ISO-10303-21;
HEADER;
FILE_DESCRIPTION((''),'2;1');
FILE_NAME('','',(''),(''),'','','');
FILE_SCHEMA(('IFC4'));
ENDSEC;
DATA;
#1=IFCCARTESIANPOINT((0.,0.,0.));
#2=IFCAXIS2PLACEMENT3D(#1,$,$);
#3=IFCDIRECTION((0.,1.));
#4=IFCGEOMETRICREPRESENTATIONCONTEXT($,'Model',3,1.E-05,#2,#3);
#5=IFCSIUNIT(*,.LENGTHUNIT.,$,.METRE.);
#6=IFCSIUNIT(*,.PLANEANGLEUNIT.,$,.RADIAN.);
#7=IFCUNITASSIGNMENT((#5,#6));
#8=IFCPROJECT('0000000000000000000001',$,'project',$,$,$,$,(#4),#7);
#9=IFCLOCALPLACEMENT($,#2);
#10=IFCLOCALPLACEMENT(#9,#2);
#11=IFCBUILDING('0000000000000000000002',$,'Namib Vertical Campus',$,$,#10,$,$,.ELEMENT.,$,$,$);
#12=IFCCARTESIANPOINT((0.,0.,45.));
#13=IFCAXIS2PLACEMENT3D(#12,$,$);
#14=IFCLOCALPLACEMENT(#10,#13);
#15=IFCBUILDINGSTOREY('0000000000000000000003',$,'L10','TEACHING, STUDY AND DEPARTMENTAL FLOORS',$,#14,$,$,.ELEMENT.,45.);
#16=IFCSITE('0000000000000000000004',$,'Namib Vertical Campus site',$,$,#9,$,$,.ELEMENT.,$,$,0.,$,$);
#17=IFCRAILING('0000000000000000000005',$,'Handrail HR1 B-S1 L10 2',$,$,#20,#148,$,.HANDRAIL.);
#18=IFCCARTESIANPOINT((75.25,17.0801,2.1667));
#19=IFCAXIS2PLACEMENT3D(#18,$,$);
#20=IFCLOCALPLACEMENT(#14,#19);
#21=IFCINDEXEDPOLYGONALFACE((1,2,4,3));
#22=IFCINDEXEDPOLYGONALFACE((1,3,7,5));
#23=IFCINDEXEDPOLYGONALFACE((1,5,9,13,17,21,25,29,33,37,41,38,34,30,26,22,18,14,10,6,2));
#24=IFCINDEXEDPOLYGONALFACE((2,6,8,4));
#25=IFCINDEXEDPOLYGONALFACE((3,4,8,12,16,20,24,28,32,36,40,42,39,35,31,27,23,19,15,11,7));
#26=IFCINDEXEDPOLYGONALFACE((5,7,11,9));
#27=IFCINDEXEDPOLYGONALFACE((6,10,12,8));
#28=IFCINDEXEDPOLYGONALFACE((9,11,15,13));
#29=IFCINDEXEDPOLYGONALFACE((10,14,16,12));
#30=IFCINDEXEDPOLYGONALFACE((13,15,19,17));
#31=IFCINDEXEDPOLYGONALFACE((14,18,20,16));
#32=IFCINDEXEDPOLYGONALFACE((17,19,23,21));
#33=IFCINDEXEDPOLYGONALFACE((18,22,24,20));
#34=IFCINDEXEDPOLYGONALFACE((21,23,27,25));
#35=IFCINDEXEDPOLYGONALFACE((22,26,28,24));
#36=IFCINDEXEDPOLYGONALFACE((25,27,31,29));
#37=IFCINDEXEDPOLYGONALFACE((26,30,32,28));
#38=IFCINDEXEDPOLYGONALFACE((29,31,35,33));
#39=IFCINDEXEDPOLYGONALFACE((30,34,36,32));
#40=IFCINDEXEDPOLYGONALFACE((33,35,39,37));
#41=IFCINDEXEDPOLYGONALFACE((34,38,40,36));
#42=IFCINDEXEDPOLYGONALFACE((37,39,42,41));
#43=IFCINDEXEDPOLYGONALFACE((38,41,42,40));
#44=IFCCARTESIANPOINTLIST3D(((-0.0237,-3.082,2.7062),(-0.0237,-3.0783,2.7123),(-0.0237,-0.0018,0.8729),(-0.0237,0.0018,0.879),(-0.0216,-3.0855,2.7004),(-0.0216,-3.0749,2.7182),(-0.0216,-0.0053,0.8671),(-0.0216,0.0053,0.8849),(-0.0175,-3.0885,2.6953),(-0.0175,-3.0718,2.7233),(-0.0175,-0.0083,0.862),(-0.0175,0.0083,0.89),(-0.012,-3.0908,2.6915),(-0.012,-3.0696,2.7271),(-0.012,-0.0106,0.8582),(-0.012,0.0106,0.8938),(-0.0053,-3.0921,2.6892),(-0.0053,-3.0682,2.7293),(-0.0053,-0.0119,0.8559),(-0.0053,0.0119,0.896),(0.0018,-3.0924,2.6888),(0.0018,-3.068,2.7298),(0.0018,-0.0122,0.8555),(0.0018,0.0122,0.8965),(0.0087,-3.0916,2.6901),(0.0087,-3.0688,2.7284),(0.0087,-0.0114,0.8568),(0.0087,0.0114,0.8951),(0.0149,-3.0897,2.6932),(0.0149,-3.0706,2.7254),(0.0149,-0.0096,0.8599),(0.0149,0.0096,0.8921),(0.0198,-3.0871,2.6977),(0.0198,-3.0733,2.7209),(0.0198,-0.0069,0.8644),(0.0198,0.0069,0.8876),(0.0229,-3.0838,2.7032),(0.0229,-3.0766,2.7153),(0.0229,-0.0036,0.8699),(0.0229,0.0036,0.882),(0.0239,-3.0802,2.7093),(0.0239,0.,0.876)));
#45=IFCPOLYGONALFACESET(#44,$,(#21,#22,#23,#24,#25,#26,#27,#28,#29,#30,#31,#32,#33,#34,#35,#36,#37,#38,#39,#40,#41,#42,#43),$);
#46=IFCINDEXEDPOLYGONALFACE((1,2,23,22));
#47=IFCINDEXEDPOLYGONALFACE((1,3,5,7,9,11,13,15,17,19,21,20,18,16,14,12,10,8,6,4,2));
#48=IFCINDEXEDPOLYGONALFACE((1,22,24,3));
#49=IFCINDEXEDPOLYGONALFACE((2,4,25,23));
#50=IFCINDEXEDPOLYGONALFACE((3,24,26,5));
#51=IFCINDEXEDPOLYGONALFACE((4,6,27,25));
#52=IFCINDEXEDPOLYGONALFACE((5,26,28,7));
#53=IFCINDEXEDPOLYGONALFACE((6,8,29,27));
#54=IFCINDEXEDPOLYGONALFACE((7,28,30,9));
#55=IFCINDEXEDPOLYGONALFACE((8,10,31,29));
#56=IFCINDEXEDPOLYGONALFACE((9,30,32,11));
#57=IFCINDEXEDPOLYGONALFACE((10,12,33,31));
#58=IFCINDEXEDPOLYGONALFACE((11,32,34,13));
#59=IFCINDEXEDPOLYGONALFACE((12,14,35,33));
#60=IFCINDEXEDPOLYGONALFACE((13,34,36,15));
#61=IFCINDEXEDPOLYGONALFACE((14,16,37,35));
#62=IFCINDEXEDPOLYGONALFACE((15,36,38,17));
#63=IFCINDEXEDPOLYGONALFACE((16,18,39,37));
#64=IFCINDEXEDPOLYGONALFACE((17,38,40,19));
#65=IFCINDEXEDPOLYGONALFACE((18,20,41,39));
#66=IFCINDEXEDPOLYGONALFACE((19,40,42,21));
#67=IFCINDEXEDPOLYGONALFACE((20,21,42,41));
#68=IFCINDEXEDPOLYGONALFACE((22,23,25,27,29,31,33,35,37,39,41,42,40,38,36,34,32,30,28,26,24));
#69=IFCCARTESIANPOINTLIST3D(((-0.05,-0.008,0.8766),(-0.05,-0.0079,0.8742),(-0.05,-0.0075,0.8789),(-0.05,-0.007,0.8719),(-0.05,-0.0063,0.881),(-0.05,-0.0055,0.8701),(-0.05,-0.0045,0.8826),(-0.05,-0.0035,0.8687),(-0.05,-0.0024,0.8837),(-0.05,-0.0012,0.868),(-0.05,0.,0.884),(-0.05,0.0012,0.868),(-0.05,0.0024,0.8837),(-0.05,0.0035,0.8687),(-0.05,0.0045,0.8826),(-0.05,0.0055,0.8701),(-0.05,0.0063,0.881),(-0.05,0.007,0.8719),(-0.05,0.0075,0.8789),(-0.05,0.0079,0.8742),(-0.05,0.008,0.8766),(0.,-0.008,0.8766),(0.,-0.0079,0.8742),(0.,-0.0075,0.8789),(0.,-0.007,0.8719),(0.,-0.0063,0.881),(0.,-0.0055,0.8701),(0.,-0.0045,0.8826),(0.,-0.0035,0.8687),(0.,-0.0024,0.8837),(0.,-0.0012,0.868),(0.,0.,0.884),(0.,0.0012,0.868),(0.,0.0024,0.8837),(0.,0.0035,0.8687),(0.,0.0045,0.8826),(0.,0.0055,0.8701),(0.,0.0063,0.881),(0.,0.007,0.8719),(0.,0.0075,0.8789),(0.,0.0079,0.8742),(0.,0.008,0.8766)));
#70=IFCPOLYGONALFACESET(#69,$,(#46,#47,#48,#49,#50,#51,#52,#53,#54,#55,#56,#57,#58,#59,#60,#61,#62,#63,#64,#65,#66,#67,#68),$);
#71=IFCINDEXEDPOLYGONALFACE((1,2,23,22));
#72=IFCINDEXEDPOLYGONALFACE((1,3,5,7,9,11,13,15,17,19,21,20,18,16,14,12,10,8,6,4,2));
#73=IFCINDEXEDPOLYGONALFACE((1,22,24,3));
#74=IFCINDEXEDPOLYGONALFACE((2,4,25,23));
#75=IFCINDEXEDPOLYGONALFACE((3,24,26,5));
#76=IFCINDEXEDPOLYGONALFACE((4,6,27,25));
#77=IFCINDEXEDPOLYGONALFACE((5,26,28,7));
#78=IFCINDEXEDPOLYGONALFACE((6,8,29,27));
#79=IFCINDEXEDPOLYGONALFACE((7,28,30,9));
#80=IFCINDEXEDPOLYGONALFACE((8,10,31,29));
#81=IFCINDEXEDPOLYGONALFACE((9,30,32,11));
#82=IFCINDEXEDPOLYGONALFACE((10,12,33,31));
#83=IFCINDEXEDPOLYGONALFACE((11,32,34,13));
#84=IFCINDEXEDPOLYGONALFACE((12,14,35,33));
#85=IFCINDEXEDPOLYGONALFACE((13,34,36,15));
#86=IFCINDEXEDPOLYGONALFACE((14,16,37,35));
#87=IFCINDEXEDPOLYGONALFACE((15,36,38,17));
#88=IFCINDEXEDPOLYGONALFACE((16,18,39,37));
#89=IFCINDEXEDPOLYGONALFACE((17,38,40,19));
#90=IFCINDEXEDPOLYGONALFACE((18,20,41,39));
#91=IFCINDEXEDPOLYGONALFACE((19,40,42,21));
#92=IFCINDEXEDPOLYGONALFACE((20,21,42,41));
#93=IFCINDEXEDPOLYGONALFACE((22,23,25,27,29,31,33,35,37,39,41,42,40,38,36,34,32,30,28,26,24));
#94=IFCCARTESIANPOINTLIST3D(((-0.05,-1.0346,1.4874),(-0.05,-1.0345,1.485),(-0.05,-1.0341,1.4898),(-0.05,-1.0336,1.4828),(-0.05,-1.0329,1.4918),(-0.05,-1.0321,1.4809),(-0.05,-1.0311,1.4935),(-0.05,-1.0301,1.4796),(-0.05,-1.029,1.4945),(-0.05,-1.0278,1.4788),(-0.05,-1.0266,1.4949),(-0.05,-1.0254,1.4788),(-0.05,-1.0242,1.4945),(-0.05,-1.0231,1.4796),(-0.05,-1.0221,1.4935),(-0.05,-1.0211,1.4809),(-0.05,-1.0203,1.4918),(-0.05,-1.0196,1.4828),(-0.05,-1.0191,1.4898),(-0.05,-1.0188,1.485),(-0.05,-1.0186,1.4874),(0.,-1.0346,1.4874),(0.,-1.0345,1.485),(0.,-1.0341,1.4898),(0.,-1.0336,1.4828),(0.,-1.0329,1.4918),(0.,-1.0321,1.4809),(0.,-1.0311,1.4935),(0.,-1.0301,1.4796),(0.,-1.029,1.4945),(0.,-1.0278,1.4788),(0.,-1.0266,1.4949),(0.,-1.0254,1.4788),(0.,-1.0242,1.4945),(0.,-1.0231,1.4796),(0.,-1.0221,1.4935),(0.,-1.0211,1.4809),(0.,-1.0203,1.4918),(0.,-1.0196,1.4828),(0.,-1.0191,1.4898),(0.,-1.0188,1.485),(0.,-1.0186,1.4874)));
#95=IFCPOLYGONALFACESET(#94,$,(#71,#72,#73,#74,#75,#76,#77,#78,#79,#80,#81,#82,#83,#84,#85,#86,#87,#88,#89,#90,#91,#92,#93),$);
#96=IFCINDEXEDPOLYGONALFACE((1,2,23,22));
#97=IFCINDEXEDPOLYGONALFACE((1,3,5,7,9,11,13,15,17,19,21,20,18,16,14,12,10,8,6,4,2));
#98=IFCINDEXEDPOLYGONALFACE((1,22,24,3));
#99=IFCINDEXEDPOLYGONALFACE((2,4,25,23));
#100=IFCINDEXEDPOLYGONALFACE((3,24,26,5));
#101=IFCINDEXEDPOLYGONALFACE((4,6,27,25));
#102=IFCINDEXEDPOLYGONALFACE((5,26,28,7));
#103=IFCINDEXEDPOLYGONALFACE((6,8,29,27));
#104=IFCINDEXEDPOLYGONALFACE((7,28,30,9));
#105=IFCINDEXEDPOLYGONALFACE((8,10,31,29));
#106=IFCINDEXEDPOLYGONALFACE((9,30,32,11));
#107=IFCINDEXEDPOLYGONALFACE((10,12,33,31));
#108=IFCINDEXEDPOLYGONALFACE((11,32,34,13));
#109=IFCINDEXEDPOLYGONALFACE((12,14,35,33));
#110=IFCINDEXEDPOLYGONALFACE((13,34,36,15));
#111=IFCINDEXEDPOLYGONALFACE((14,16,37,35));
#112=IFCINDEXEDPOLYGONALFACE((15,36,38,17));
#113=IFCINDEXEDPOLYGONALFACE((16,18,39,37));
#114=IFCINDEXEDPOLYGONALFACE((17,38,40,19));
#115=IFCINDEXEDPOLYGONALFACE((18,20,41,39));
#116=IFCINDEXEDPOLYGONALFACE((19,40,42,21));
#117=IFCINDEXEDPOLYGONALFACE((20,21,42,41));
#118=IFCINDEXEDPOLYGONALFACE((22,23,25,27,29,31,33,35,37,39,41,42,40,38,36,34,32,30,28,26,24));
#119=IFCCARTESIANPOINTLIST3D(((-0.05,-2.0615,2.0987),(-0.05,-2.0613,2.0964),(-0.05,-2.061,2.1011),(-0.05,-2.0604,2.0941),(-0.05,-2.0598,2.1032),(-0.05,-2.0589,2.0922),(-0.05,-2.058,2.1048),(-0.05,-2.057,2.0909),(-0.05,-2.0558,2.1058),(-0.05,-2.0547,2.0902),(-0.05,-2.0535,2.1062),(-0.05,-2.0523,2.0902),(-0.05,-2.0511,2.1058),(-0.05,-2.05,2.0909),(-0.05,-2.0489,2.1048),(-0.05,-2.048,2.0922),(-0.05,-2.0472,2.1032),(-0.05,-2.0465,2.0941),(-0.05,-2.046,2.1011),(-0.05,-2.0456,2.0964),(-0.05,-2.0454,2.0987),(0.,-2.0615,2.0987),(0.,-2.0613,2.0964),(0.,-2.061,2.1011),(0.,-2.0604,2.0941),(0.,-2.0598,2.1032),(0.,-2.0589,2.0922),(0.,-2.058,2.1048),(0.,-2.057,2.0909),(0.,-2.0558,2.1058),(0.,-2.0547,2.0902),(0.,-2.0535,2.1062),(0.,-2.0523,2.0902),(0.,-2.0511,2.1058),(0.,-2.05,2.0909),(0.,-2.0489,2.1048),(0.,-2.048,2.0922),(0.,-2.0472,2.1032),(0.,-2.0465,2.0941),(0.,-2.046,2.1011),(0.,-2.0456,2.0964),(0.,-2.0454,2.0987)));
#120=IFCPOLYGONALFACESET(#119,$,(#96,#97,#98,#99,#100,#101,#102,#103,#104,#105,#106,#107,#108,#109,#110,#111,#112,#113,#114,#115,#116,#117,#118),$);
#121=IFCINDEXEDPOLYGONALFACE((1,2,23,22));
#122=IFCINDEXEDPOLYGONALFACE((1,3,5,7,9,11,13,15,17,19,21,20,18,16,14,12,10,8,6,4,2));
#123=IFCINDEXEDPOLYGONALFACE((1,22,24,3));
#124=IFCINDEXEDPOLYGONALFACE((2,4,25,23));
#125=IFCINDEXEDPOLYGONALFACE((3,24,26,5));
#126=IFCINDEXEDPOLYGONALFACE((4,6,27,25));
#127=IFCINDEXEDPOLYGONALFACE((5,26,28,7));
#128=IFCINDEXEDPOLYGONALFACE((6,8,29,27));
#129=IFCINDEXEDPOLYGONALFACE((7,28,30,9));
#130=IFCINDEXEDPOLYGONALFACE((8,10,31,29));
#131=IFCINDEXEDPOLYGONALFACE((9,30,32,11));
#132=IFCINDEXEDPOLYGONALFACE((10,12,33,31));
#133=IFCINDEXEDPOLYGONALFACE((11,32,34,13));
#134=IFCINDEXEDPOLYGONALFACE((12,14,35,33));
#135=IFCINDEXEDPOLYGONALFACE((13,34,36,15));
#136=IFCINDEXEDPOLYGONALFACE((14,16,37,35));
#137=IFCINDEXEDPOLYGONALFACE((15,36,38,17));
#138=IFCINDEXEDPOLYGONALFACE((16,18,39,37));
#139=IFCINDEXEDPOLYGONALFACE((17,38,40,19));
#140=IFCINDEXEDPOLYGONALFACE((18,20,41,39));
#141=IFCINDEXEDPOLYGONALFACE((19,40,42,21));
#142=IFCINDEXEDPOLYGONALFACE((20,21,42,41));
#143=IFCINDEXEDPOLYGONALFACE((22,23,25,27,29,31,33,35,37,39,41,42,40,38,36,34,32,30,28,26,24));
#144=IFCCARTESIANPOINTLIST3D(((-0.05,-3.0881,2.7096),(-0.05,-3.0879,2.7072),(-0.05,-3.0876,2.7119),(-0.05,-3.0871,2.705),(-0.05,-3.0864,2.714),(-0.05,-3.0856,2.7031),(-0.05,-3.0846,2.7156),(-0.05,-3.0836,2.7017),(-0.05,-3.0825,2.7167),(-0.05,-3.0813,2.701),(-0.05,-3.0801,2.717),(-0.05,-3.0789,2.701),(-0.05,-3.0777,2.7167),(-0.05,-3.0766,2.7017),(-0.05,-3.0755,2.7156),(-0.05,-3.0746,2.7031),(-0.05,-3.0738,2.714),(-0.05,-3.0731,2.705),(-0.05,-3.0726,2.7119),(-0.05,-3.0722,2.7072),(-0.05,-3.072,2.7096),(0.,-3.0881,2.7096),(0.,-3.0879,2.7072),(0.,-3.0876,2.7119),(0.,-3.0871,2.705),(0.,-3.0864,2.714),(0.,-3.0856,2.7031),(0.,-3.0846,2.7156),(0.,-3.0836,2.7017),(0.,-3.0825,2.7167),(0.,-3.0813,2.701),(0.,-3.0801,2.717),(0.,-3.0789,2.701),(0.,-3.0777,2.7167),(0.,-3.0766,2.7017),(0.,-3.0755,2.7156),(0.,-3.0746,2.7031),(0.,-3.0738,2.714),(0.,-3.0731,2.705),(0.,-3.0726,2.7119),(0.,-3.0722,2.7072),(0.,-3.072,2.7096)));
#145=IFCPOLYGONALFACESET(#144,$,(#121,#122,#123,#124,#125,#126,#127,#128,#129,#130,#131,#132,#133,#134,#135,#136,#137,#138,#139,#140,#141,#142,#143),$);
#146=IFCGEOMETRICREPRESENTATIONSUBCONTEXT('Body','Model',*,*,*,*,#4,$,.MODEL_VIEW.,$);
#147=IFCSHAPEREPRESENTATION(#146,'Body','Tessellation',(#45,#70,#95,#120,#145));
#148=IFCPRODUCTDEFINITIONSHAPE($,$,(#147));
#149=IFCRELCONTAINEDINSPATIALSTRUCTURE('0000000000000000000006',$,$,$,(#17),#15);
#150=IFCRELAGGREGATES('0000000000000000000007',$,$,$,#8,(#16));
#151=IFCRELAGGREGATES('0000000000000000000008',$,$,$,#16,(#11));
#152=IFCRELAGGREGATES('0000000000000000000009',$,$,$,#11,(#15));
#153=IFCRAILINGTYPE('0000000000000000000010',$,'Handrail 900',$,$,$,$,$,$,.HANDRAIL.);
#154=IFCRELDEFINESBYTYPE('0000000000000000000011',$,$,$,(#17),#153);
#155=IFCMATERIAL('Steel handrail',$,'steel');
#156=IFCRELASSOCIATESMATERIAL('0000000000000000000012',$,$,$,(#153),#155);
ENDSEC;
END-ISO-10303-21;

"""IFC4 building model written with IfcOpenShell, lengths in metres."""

from ifc_helpers import new_model, si_unit, direction, frame, origin, origin_2d, place, context, subcontext, project, spatial, circle, extrude, material, type_object, element, save


model = new_model("IFC4")

# Units and contexts
model_context = context("Model", 3, precision=1e-05, world=origin(), true_north=direction((0.0, 1.0)))
body_context = subcontext(model_context, "Body", "Model", "MODEL_VIEW")
ifc_project = project(units=[si_unit("LENGTHUNIT", "METRE"), si_unit("PLANEANGLEUNIT", "RADIAN")], contexts=[model_context])

# Site, building, storey
site_placement = place(None, origin())
site = spatial("IfcSite", under=ifc_project, at=site_placement, Name="Namib Vertical Campus site", CompositionType="ELEMENT", RefElevation=0.0)
building_placement = place(site_placement, origin())
building = spatial("IfcBuilding", under=site, at=building_placement, Name="Namib Vertical Campus", CompositionType="ELEMENT")
storey_placement = place(building_placement, frame((0.0, 0.0, 45.0)))
storey = spatial("IfcBuildingStorey", under=building, at=storey_placement, Name="L10", Description="TEACHING, STUDY AND DEPARTMENTAL FLOORS", CompositionType="ELEMENT", Elevation=45.0)

# Railing
ifc_material_1 = material(Name="Steel handrail", Category="steel")
railing_type_1 = type_object("IfcRailingType", Name="Handrail 900", PredefinedType="HANDRAIL", material=ifc_material_1)
railing_1_placement = place(storey_placement, frame((75.25, 17.0801, 2.1667)))
element("IfcRailing", 1, at=railing_1_placement, inside=storey, type_object=railing_type_1, Name="Handrail HR1 B-S1 L10 2", PredefinedType="HANDRAIL", context=body_context, shape_type="SweptSolid", body=[
    extrude(circle(Radius=0.0239, at=origin_2d()), frame((0.0, 0.0, 0.876), z_axis=(0.0, -0.859309, 0.511458), x_axis=(1.0, 0.0, 0.0)), (0.0, 0.0, 1.0), 3.5845),
    extrude(circle(Radius=0.0081, at=origin_2d()), frame((0.0, 0.0, 0.876), z_axis=(-1.0, 0.0, 0.0), x_axis=(0.0, 0.0, 1.0)), (0.0, 0.0, 1.0), 0.05),
    extrude(circle(Radius=0.0081, at=origin_2d()), frame((0.0, -1.0266, 1.4868), z_axis=(-1.0, 0.0, 0.0), x_axis=(0.0, 0.0, 1.0)), (0.0, 0.0, 1.0), 0.05),
    extrude(circle(Radius=0.0081, at=origin_2d()), frame((0.0, -2.0535, 2.0981), z_axis=(-1.0, 0.0, 0.0), x_axis=(0.0, 0.0, 1.0)), (0.0, 0.0, 1.0), 0.05),
    extrude(circle(Radius=0.0081, at=origin_2d()), frame((0.0, -3.0801, 2.709), z_axis=(-1.0, 0.0, 0.0), x_axis=(0.0, 0.0, 1.0)), (0.0, 0.0, 1.0), 0.05),
])

save(model, "model.ifc")
